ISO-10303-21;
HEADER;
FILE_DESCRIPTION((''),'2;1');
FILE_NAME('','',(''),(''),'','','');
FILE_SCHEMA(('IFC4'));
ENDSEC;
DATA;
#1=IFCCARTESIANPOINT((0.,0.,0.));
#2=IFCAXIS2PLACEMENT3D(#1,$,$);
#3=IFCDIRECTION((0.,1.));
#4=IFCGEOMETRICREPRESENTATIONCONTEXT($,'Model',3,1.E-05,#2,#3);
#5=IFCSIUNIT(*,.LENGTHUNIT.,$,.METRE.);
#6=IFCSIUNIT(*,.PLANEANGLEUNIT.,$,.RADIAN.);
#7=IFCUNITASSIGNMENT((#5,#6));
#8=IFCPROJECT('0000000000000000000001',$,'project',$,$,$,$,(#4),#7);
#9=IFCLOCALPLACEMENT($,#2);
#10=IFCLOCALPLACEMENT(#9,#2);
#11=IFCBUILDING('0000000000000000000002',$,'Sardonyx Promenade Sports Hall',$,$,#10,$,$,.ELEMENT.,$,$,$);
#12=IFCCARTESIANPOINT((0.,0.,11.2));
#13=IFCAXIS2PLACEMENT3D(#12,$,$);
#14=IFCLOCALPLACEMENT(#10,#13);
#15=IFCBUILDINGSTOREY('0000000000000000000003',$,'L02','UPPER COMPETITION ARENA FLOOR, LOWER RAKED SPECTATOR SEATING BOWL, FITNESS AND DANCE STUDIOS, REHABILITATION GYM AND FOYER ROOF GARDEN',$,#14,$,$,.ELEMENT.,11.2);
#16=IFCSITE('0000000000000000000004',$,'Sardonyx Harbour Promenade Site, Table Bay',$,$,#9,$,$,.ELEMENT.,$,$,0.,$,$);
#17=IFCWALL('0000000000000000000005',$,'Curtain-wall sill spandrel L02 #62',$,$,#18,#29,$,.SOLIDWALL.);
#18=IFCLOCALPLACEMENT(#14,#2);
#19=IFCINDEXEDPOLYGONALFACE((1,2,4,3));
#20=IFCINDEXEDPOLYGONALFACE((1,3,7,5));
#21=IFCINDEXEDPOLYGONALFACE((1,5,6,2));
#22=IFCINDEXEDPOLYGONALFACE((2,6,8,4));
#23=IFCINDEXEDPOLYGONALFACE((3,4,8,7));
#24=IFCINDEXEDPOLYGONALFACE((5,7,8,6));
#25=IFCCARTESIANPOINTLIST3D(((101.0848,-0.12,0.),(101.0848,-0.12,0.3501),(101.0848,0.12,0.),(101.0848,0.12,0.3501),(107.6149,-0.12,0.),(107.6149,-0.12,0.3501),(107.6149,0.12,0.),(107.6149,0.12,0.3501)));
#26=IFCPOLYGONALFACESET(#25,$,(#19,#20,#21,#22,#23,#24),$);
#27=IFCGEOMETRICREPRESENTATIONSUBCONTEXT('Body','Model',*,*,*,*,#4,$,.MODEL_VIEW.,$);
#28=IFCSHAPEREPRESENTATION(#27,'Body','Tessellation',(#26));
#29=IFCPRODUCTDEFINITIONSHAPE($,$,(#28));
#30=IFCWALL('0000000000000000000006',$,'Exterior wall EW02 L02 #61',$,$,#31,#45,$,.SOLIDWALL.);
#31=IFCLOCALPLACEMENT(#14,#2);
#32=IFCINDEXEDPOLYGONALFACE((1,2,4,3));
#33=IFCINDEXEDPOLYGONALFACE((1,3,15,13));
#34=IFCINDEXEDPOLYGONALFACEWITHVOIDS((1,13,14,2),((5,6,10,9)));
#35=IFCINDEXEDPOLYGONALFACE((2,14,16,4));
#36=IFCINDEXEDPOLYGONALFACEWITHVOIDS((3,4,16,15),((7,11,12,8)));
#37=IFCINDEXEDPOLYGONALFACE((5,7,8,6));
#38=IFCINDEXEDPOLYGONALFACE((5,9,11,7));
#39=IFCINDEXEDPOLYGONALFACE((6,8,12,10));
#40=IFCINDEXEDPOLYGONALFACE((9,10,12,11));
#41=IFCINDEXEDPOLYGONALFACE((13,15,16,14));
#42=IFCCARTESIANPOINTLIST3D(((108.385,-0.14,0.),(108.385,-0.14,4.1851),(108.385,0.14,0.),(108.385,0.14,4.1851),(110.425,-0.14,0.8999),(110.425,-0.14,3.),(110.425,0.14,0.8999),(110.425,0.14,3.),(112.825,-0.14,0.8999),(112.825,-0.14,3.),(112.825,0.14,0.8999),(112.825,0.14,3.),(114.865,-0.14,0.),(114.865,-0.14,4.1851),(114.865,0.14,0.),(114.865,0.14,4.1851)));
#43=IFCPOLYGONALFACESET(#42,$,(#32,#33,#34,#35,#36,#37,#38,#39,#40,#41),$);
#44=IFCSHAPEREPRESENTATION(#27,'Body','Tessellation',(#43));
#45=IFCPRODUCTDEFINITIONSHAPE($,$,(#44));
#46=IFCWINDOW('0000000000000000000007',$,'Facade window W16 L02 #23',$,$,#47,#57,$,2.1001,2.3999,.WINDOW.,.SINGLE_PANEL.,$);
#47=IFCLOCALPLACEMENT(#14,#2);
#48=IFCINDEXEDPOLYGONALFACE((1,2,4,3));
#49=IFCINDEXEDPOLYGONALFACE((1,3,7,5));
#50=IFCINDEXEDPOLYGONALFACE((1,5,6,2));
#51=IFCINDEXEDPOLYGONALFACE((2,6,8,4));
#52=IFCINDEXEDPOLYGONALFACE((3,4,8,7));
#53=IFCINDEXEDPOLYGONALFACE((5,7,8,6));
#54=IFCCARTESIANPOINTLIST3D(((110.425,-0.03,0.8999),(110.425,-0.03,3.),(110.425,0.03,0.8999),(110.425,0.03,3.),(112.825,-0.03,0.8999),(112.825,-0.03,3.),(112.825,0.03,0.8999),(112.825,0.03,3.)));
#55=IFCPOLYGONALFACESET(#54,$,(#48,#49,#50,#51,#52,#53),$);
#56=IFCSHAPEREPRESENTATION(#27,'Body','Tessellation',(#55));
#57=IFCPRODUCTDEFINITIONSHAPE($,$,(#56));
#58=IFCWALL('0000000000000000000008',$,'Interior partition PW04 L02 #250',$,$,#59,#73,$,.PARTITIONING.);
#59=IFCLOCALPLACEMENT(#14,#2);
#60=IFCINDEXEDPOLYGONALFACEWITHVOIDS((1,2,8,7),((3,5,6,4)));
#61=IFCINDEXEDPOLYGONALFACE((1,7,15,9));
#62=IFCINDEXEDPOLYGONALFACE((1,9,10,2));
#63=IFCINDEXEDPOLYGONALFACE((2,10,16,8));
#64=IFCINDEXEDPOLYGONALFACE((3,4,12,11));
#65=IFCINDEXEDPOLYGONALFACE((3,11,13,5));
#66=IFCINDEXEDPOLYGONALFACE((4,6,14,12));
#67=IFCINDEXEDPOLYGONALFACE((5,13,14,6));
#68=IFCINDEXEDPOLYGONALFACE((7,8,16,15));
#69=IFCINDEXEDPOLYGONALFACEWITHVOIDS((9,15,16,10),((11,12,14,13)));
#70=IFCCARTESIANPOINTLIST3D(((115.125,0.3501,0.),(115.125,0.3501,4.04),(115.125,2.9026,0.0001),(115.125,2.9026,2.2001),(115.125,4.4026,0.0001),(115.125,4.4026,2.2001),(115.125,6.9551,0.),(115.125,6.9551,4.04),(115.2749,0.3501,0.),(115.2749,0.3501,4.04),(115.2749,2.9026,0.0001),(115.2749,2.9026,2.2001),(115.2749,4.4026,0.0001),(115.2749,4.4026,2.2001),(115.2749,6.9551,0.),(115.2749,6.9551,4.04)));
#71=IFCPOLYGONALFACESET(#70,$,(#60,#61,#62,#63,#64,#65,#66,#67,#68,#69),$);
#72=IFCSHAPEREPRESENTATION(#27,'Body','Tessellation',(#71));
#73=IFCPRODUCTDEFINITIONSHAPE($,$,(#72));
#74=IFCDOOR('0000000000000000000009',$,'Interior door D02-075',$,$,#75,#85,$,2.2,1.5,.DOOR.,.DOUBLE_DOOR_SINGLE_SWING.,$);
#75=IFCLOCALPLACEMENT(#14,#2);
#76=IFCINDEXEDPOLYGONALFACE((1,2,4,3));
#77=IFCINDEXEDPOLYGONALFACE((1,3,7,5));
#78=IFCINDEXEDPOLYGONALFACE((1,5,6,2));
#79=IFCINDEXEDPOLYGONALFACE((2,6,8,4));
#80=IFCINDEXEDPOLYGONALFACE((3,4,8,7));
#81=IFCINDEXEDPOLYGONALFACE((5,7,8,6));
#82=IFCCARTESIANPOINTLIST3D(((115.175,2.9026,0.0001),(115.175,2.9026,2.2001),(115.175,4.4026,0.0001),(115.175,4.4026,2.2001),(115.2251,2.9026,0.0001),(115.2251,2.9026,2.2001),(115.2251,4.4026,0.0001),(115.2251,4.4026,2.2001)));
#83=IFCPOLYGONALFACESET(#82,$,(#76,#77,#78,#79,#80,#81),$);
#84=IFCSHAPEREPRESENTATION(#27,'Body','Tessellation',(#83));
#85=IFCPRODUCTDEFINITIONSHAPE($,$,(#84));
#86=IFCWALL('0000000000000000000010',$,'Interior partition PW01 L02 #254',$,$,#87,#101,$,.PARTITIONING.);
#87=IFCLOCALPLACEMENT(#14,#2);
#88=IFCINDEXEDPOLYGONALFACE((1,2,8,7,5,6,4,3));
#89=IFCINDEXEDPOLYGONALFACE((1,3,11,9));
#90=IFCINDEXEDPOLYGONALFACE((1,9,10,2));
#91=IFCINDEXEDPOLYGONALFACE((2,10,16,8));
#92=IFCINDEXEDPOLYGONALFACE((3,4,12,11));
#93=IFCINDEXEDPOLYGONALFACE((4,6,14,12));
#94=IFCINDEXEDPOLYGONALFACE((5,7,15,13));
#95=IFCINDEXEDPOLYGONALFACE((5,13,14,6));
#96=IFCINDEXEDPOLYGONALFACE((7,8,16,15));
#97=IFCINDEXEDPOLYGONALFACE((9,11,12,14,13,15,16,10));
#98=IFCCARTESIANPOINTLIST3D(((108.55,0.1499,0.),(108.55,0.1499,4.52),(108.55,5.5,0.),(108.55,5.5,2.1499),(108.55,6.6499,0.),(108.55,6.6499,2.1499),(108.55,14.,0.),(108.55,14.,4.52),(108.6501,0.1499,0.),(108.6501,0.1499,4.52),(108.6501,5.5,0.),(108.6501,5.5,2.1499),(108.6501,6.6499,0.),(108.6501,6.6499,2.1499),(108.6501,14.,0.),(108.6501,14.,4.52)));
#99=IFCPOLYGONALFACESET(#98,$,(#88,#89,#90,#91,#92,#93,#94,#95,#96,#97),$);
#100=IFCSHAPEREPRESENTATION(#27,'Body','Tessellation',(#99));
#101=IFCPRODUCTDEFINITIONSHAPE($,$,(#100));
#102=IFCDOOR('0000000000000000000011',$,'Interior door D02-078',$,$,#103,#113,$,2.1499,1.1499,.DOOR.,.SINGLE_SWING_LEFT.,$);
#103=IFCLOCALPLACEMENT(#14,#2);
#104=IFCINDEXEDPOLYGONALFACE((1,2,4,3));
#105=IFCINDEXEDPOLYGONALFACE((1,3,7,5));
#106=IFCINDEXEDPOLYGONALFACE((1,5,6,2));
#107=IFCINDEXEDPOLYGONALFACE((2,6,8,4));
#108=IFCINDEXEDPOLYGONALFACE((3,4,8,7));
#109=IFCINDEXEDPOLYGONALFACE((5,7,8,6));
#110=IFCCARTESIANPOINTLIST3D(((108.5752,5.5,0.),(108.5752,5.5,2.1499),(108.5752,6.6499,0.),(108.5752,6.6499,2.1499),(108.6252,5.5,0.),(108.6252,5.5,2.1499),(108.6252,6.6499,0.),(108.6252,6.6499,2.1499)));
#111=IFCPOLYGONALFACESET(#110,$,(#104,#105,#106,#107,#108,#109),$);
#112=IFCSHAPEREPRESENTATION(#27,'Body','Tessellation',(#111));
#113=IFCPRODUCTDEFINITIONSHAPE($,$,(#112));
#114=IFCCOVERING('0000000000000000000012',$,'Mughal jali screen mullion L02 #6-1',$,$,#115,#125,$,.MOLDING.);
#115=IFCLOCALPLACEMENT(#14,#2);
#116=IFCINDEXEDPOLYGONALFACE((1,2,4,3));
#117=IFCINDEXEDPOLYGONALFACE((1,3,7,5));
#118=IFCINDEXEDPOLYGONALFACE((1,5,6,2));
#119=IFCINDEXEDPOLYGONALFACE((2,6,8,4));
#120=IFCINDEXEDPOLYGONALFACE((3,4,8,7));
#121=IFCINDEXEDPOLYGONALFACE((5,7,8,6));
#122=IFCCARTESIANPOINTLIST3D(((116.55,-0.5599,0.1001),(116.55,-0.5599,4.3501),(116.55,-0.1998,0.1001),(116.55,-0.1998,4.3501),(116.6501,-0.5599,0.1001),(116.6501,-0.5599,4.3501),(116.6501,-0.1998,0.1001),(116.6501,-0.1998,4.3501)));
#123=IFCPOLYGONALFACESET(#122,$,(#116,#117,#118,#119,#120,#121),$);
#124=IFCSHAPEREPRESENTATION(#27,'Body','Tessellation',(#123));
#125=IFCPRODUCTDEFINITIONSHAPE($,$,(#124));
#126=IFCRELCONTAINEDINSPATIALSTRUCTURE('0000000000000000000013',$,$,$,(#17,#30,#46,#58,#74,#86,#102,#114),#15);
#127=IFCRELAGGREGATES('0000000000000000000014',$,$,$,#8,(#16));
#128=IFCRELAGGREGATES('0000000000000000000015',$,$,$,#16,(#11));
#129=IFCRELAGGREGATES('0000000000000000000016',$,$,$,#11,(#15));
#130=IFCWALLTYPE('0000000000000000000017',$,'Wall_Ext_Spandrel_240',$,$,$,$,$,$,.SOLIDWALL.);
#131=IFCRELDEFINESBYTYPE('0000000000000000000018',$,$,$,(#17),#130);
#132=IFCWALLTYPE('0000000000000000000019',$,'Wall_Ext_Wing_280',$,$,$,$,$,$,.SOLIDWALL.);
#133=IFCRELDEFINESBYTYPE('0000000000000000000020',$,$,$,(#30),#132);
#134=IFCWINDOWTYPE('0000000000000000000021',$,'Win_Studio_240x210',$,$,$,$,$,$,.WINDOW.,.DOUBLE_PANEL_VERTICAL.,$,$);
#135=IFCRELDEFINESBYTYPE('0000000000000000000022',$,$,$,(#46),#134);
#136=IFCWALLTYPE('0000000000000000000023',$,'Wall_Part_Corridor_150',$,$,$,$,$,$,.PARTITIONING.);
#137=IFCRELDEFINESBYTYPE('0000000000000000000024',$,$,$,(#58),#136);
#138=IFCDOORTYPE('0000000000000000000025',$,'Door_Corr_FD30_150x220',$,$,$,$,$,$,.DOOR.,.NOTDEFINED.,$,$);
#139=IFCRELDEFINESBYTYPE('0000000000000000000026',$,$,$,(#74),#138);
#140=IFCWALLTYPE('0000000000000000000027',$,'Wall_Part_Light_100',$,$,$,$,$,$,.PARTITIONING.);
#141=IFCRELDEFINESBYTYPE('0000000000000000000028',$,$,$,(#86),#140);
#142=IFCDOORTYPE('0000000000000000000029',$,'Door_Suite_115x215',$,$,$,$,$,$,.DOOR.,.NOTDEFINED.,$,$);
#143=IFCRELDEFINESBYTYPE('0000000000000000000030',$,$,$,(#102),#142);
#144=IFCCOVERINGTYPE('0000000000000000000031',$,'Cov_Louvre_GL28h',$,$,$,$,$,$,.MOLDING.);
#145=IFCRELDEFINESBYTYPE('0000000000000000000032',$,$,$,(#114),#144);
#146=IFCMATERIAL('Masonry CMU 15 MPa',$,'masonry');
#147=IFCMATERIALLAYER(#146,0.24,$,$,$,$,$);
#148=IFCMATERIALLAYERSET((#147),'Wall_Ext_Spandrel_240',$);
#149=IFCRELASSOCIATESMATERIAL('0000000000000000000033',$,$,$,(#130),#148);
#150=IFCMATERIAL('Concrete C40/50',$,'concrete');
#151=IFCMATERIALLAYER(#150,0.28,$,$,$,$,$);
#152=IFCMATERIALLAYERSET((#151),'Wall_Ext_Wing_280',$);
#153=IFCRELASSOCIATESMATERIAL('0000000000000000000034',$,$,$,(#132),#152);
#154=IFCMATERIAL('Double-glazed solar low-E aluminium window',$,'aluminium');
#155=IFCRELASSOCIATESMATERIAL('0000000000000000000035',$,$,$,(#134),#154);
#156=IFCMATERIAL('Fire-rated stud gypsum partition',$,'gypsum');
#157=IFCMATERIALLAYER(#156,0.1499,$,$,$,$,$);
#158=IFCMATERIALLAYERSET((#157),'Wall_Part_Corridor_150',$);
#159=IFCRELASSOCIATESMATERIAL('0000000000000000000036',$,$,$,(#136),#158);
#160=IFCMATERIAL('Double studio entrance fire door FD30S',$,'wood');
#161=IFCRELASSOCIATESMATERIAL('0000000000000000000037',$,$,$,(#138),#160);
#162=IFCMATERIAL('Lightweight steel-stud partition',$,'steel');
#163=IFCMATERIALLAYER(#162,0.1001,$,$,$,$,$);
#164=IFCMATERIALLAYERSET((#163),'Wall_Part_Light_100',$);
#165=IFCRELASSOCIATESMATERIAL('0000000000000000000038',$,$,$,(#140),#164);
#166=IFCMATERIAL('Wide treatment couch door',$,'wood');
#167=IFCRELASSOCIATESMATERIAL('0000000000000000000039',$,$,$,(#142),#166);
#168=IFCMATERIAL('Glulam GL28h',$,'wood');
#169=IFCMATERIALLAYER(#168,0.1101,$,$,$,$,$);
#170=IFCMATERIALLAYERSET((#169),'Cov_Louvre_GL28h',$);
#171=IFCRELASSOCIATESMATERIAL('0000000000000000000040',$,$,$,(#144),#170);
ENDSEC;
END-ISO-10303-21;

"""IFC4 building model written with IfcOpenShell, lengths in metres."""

from ifc_helpers import new_model, si_unit, direction, frame, frame_2d, origin, origin_2d, place, context, subcontext, project, spatial, rectangle, extrude, material, layer, layer_set, type_object, element, fill, save


model = new_model("IFC4")

# Units and contexts
model_context = context("Model", 3, precision=1e-05, world=origin(), true_north=direction((0.0, 1.0)))
body_context = subcontext(model_context, "Body", "Model", "MODEL_VIEW")
ifc_project = project(units=[si_unit("LENGTHUNIT", "METRE"), si_unit("PLANEANGLEUNIT", "RADIAN")], contexts=[model_context])

# Site, building, storey
site_placement = place(None, origin())
site = spatial("IfcSite", under=ifc_project, at=site_placement, Name="Sardonyx Harbour Promenade Site, Table Bay", CompositionType="ELEMENT", RefElevation=0.0)
building_placement = place(site_placement, origin())
building = spatial("IfcBuilding", under=site, at=building_placement, Name="Sardonyx Promenade Sports Hall", CompositionType="ELEMENT")
storey_placement = place(building_placement, frame((0.0, 0.0, 11.2)))
storey = spatial("IfcBuildingStorey", under=building, at=storey_placement, Name="L02", Description="UPPER COMPETITION ARENA FLOOR, LOWER RAKED SPECTATOR SEATING BOWL, FITNESS AND DANCE STUDIOS, REHABILITATION GYM AND FOYER ROOF GARDEN", CompositionType="ELEMENT", Elevation=11.2)

# Wall
ifc_material_1 = material(Name="Masonry CMU 15 MPa", Category="masonry")
ifc_layer_1 = layer(ifc_material_1, 0.24)
ifc_layer_set_1 = layer_set([ifc_layer_1], Name="Wall_Ext_Spandrel_240")
wall_type_1 = type_object("IfcWallType", Name="Wall_Ext_Spandrel_240", PredefinedType="SOLIDWALL", material=ifc_layer_set_1)
wall_1_placement = place(storey_placement, frame((107.615, 0.0, 0.0), z_axis=(0.0, 0.0, 1.0), x_axis=(-1.0, 0.0, 0.0)))
element("IfcWall", 1, at=wall_1_placement, inside=storey, type_object=wall_type_1, Name="Curtain-wall sill spandrel L02 #62", PredefinedType="SOLIDWALL", context=body_context, shape_type="SweptSolid", body=[
    extrude(rectangle(XDim=6.53, YDim=0.24, at=frame_2d((3.2651, 0.0))), origin(), (0.0, 0.0, 1.0), 0.3501),
])

# Wall, opening, window
ifc_material_2 = material(Name="Concrete C40/50", Category="concrete")
ifc_layer_2 = layer(ifc_material_2, 0.28)
ifc_layer_set_2 = layer_set([ifc_layer_2], Name="Wall_Ext_Wing_280")
wall_type_2 = type_object("IfcWallType", Name="Wall_Ext_Wing_280", PredefinedType="SOLIDWALL", material=ifc_layer_set_2)
wall_2_placement = place(storey_placement, frame((114.865, 0.0, 0.0), z_axis=(0.0, 0.0, 1.0), x_axis=(-1.0, 0.0, 0.0)))
wall_2 = element("IfcWall", 2, at=wall_2_placement, inside=storey, type_object=wall_type_2, Name="Exterior wall EW02 L02 #61", PredefinedType="SOLIDWALL", context=body_context, shape_type="SweptSolid", body=[
    extrude(rectangle(XDim=6.48, YDim=0.28, at=frame_2d((3.24, 0.0))), origin(), (0.0, 0.0, 1.0), 4.1851),
])
opening_1_placement = place(wall_2_placement, frame((2.04, 0.0, 0.8999)))
opening_1 = element("IfcOpeningElement", 3, at=opening_1_placement, cuts=wall_2, PredefinedType="OPENING", context=body_context, shape_type="SweptSolid", body=[
    extrude(rectangle(XDim=2.3999, YDim=2.1001, at=frame_2d((1.2, 1.05))), frame((0.0, 0.15, 0.0), z_axis=(0.0, -1.0, 0.0), x_axis=(1.0, 0.0, 0.0)), (0.0, 0.0, 1.0), 0.3),
])
ifc_material_3 = material(Name="Double-glazed solar low-E aluminium window", Category="aluminium")
window_type = type_object("IfcWindowType", Name="Win_Studio_240x210", PartitioningType="DOUBLE_PANEL_VERTICAL", PredefinedType="WINDOW", material=ifc_material_3)
window_placement = place(opening_1_placement, origin())
window = element("IfcWindow", 4, at=window_placement, inside=storey, type_object=window_type, Name="Facade window W16 L02 #23", OverallHeight=2.1001, OverallWidth=2.3999, PartitioningType="SINGLE_PANEL", PredefinedType="WINDOW", context=body_context, shape_type="SweptSolid", body=[
    extrude(rectangle(XDim=2.3999, YDim=2.1001, at=frame_2d((1.2, 1.05))), frame((0.0, 0.03, 0.0), z_axis=(0.0, -1.0, 0.0), x_axis=(1.0, 0.0, 0.0)), (0.0, 0.0, 1.0), 0.0601),
])
fill(opening_1, window)

# Walls, openings, doors
ifc_material_4 = material(Name="Fire-rated stud gypsum partition", Category="gypsum")
ifc_layer_3 = layer(ifc_material_4, 0.1499)
ifc_layer_set_3 = layer_set([ifc_layer_3], Name="Wall_Part_Corridor_150")
wall_type_3 = type_object("IfcWallType", Name="Wall_Part_Corridor_150", PredefinedType="PARTITIONING", material=ifc_layer_set_3)
wall_3_placement = place(storey_placement, frame((115.2, 0.3501, 0.0), z_axis=(0.0, 0.0, 1.0), x_axis=(0.0, 1.0, 0.0)))
wall_3 = element("IfcWall", 5, at=wall_3_placement, inside=storey, type_object=wall_type_3, Name="Interior partition PW04 L02 #250", PredefinedType="PARTITIONING", context=body_context, shape_type="SweptSolid", body=[
    extrude(rectangle(XDim=6.605, YDim=0.1499, at=frame_2d((3.3025, 0.0))), origin(), (0.0, 0.0, 1.0), 4.04),
])
opening_2_placement = place(wall_3_placement, frame((2.5525, 0.0, 0.0)))
opening_2 = element("IfcOpeningElement", 6, at=opening_2_placement, cuts=wall_3, PredefinedType="OPENING", context=body_context, shape_type="SweptSolid", body=[
    extrude(rectangle(XDim=1.5, YDim=2.2, at=frame_2d((0.75, 1.1001))), frame((0.0, 0.085, 0.0), z_axis=(0.0, -1.0, 0.0), x_axis=(1.0, 0.0, 0.0)), (0.0, 0.0, 1.0), 0.17),
])
ifc_material_5 = material(Name="Double studio entrance fire door FD30S", Category="wood")
door_type_1 = type_object("IfcDoorType", Name="Door_Corr_FD30_150x220", OperationType="NOTDEFINED", PredefinedType="DOOR", material=ifc_material_5)
door_1_placement = place(opening_2_placement, origin())
door_1 = element("IfcDoor", 7, at=door_1_placement, inside=storey, type_object=door_type_1, Name="Interior door D02-075", OperationType="DOUBLE_DOOR_SINGLE_SWING", OverallHeight=2.2, OverallWidth=1.5, PredefinedType="DOOR", context=body_context, shape_type="SweptSolid", body=[
    extrude(rectangle(XDim=1.5, YDim=2.2, at=frame_2d((0.75, 1.1001))), frame((0.0, 0.0249, 0.0), z_axis=(0.0, -1.0, 0.0), x_axis=(1.0, 0.0, 0.0)), (0.0, 0.0, 1.0), 0.05),
])
fill(opening_2, door_1)
ifc_material_6 = material(Name="Lightweight steel-stud partition", Category="steel")
ifc_layer_4 = layer(ifc_material_6, 0.1001)
ifc_layer_set_4 = layer_set([ifc_layer_4], Name="Wall_Part_Light_100")
wall_type_4 = type_object("IfcWallType", Name="Wall_Part_Light_100", PredefinedType="PARTITIONING", material=ifc_layer_set_4)
wall_4_placement = place(storey_placement, frame((108.6001, 0.1499, 0.0), z_axis=(0.0, 0.0, 1.0), x_axis=(0.0, 1.0, 0.0)))
wall_4 = element("IfcWall", 8, at=wall_4_placement, inside=storey, type_object=wall_type_4, Name="Interior partition PW01 L02 #254", PredefinedType="PARTITIONING", context=body_context, shape_type="SweptSolid", body=[
    extrude(rectangle(XDim=13.8501, YDim=0.1001, at=frame_2d((6.925, 0.0))), origin(), (0.0, 0.0, 1.0), 4.52),
])
opening_3_placement = place(wall_4_placement, frame((5.3501, 0.0, 0.0)))
opening_3 = element("IfcOpeningElement", 9, at=opening_3_placement, cuts=wall_4, PredefinedType="OPENING", context=body_context, shape_type="SweptSolid", body=[
    extrude(rectangle(XDim=1.1499, YDim=2.1499, at=frame_2d((0.575, 1.075))), frame((0.0, 0.06, 0.0), z_axis=(0.0, -1.0, 0.0), x_axis=(1.0, 0.0, 0.0)), (0.0, 0.0, 1.0), 0.12),
])
ifc_material_7 = material(Name="Wide treatment couch door", Category="wood")
door_type_2 = type_object("IfcDoorType", Name="Door_Suite_115x215", OperationType="NOTDEFINED", PredefinedType="DOOR", material=ifc_material_7)
door_2_placement = place(opening_3_placement, origin())
door_2 = element("IfcDoor", 10, at=door_2_placement, inside=storey, type_object=door_type_2, Name="Interior door D02-078", OperationType="SINGLE_SWING_LEFT", OverallHeight=2.1499, OverallWidth=1.1499, PredefinedType="DOOR", context=body_context, shape_type="SweptSolid", body=[
    extrude(rectangle(XDim=1.1499, YDim=2.1499, at=frame_2d((0.575, 1.075))), frame((0.0, 0.0249, 0.0), z_axis=(0.0, -1.0, 0.0), x_axis=(1.0, 0.0, 0.0)), (0.0, 0.0, 1.0), 0.05),
])
fill(opening_3, door_2)

# Covering
ifc_material_8 = material(Name="Glulam GL28h", Category="wood")
ifc_layer_5 = layer(ifc_material_8, 0.1101)
ifc_layer_set_5 = layer_set([ifc_layer_5], Name="Cov_Louvre_GL28h")
covering_type = type_object("IfcCoveringType", Name="Cov_Louvre_GL28h", PredefinedType="MOLDING", material=ifc_layer_set_5)
covering_placement = place(storey_placement, frame((116.6001, -0.3799, 0.1001), z_axis=(0.0, 0.0, 1.0), x_axis=(1.0, 0.0, 0.0)))
element("IfcCovering", 11, at=covering_placement, inside=storey, type_object=covering_type, Name="Mughal jali screen mullion L02 #6-1", PredefinedType="MOLDING", context=body_context, shape_type="SweptSolid", body=[
    extrude(rectangle(XDim=0.1001, YDim=0.3601, at=origin_2d()), origin(), (0.0, 0.0, 1.0), 4.25),
])

save(model, "model.ifc")
